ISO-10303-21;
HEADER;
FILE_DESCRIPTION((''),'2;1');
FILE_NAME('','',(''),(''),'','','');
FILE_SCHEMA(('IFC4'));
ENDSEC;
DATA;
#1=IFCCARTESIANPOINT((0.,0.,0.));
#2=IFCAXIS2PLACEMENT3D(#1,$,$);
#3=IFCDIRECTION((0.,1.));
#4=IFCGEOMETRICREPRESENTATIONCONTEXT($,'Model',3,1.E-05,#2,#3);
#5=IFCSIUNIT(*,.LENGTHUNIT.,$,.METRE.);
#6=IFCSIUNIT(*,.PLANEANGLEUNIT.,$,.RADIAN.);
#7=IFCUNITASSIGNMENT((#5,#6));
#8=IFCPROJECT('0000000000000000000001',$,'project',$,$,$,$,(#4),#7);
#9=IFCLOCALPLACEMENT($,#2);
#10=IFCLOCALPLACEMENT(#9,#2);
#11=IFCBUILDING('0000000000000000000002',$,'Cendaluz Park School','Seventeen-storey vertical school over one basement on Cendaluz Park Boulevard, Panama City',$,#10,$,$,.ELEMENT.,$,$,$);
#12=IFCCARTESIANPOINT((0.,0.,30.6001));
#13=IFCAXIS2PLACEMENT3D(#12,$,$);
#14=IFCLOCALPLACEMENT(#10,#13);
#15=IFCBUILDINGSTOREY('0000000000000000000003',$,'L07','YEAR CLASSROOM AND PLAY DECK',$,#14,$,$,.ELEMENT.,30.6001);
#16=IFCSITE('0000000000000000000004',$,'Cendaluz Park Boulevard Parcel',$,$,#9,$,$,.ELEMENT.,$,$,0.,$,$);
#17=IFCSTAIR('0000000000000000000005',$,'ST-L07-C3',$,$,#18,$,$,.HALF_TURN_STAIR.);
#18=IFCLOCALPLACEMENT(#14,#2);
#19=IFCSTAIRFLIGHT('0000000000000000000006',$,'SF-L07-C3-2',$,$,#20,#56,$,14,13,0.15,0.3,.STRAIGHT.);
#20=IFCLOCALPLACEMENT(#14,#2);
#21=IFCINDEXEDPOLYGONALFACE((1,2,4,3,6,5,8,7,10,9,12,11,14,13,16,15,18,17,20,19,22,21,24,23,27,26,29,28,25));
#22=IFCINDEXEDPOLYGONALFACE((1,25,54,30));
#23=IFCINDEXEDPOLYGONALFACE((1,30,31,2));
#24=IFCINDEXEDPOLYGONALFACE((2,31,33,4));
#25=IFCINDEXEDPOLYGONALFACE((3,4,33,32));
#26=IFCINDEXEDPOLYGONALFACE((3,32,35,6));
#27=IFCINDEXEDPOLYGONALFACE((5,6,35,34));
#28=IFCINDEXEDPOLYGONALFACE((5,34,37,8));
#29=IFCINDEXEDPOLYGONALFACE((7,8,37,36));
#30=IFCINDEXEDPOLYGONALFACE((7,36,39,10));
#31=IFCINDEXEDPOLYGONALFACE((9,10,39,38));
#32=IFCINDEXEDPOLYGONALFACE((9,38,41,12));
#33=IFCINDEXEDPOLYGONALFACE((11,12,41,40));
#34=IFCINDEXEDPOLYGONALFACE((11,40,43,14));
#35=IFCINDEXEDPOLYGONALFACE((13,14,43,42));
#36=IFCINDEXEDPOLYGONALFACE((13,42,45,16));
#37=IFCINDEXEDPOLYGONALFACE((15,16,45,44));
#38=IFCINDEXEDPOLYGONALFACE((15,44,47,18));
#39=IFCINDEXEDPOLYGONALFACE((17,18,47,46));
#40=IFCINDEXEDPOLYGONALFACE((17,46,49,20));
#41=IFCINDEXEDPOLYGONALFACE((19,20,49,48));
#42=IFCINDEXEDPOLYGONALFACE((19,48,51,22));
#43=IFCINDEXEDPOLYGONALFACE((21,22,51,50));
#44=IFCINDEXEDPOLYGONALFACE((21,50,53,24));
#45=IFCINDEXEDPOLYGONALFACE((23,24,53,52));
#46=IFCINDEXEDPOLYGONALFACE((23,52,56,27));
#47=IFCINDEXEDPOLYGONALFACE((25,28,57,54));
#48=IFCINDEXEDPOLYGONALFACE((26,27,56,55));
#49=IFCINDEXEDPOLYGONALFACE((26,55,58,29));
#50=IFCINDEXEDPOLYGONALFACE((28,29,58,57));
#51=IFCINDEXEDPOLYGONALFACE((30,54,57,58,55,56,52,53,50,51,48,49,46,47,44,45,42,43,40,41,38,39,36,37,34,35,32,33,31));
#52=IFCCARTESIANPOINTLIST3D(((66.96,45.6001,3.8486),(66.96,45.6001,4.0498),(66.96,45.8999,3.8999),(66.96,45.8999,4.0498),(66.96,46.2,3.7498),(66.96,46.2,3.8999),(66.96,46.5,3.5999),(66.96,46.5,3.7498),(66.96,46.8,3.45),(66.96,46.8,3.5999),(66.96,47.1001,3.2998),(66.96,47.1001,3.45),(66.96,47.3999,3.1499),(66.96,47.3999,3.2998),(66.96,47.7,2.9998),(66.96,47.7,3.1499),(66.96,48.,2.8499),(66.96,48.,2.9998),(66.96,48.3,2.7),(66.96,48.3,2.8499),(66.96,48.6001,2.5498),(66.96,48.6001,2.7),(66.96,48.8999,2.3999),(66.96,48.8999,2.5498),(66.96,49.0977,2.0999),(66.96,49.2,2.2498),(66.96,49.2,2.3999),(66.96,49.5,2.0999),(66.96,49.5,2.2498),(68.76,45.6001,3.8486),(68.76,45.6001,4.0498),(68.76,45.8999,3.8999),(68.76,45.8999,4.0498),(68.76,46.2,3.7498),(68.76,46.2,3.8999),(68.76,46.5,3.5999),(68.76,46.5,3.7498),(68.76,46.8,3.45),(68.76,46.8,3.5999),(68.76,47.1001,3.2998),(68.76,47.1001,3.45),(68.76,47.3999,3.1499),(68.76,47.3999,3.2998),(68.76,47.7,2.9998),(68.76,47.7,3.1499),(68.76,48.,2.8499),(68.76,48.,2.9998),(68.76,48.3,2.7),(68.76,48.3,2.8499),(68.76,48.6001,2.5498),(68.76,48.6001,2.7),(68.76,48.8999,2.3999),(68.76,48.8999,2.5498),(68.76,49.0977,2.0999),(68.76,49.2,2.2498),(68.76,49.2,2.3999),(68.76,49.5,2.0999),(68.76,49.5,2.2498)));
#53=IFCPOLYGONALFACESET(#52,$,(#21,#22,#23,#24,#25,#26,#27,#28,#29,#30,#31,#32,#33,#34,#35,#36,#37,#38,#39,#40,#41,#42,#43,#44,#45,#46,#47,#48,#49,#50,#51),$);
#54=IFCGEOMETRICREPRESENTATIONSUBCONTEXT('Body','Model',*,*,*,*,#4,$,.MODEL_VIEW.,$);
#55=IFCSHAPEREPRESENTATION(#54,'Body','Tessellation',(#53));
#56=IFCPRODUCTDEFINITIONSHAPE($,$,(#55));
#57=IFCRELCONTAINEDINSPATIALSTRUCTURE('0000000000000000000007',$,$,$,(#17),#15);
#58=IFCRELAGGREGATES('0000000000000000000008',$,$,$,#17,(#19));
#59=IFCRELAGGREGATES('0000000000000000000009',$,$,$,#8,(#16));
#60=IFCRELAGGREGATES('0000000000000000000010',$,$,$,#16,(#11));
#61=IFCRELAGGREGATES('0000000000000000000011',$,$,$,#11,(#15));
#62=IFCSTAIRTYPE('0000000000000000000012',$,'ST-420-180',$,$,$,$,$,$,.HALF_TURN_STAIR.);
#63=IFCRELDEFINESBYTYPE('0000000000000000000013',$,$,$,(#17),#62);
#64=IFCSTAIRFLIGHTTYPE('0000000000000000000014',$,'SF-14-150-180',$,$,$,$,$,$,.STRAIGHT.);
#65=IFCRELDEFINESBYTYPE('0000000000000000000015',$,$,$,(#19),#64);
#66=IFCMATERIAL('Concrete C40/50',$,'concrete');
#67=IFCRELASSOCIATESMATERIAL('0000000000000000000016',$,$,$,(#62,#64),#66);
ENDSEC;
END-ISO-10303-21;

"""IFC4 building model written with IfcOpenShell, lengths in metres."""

from ifc_helpers import new_model, si_unit, direction, frame, origin, place, context, subcontext, project, spatial, polyline, outline, extrude, material, type_object, element, aggregate, save


model = new_model("IFC4")

# Units and contexts
model_context = context("Model", 3, precision=1e-05, world=origin(), true_north=direction((0.0, 1.0)))
body_context = subcontext(model_context, "Body", "Model", "MODEL_VIEW")
ifc_project = project(units=[si_unit("LENGTHUNIT", "METRE"), si_unit("PLANEANGLEUNIT", "RADIAN")], contexts=[model_context])

# Site, building, storey
site_placement = place(None, origin())
site = spatial("IfcSite", under=ifc_project, at=site_placement, Name="Cendaluz Park Boulevard Parcel", CompositionType="ELEMENT", RefElevation=0.0)
building_placement = place(site_placement, origin())
building = spatial("IfcBuilding", under=site, at=building_placement, Name="Cendaluz Park School", Description="Seventeen-storey vertical school over one basement on Cendaluz Park Boulevard, Panama City", CompositionType="ELEMENT")
storey_placement = place(building_placement, frame((0.0, 0.0, 30.6001)))
storey = spatial("IfcBuildingStorey", under=building, at=storey_placement, Name="L07", Description="YEAR CLASSROOM AND PLAY DECK", CompositionType="ELEMENT", Elevation=30.6001)

# Shared definitions
ifc_material_1 = material(Name="Concrete C40/50", Category="concrete")

# Stair, stair flight
stair_type = type_object("IfcStairType", Name="ST-420-180", PredefinedType="HALF_TURN_STAIR", material=ifc_material_1)
stair_placement = place(storey_placement, origin())
stair = element("IfcStair", 1, at=stair_placement, inside=storey, type_object=stair_type, Name="ST-L07-C3", PredefinedType="HALF_TURN_STAIR")
stair_flight_type = type_object("IfcStairFlightType", Name="SF-14-150-180", PredefinedType="STRAIGHT", material=ifc_material_1)
stair_flight_1_placement = place(storey_placement, frame((67.8601, 49.5, 2.0999), z_axis=(0.0, 0.0, 1.0), x_axis=(0.0, -1.0, 0.0)))
stair_flight_1 = element("IfcStairFlight", 2, at=stair_flight_1_placement, type_object=stair_flight_type, Name="SF-L07-C3-2", NumberOfRisers=14, NumberOfTreads=13, PredefinedType="STRAIGHT", RiserHeight=0.15, TreadLength=0.3, context=body_context, shape_type="SweptSolid", body=[
    extrude(outline(polyline([(0.0, 0.0), (0.0, 0.1499), (0.3, 0.1499), (0.3, 0.3), (0.6001, 0.3), (0.6001, 0.45), (0.8999, 0.45), (0.8999, 0.6001), (1.2, 0.6001), (1.2, 0.75), (1.5, 0.75), (1.5, 0.8999), (1.8, 0.8999), (1.8, 1.05), (2.1001, 1.05), (2.1001, 1.2), (2.3999, 1.2), (2.3999, 1.3501), (2.7, 1.3501), (2.7, 1.5), (3.0, 1.5), (3.0, 1.6499), (3.3, 1.6499), (3.3, 1.8), (3.6001, 1.8), (3.6001, 1.95), (3.8999, 1.95), (3.8999, 2.1001), (3.8999, 1.7488), (0.4023, 0.0), (0.0, 0.0)])), frame((0.0, 0.8999, 0.0), z_axis=(0.0, -1.0, 0.0), x_axis=(1.0, 0.0, 0.0)), (0.0, 0.0, 1.0), 1.8),
])
aggregate(stair, [stair_flight_1])

save(model, "model.ifc")
